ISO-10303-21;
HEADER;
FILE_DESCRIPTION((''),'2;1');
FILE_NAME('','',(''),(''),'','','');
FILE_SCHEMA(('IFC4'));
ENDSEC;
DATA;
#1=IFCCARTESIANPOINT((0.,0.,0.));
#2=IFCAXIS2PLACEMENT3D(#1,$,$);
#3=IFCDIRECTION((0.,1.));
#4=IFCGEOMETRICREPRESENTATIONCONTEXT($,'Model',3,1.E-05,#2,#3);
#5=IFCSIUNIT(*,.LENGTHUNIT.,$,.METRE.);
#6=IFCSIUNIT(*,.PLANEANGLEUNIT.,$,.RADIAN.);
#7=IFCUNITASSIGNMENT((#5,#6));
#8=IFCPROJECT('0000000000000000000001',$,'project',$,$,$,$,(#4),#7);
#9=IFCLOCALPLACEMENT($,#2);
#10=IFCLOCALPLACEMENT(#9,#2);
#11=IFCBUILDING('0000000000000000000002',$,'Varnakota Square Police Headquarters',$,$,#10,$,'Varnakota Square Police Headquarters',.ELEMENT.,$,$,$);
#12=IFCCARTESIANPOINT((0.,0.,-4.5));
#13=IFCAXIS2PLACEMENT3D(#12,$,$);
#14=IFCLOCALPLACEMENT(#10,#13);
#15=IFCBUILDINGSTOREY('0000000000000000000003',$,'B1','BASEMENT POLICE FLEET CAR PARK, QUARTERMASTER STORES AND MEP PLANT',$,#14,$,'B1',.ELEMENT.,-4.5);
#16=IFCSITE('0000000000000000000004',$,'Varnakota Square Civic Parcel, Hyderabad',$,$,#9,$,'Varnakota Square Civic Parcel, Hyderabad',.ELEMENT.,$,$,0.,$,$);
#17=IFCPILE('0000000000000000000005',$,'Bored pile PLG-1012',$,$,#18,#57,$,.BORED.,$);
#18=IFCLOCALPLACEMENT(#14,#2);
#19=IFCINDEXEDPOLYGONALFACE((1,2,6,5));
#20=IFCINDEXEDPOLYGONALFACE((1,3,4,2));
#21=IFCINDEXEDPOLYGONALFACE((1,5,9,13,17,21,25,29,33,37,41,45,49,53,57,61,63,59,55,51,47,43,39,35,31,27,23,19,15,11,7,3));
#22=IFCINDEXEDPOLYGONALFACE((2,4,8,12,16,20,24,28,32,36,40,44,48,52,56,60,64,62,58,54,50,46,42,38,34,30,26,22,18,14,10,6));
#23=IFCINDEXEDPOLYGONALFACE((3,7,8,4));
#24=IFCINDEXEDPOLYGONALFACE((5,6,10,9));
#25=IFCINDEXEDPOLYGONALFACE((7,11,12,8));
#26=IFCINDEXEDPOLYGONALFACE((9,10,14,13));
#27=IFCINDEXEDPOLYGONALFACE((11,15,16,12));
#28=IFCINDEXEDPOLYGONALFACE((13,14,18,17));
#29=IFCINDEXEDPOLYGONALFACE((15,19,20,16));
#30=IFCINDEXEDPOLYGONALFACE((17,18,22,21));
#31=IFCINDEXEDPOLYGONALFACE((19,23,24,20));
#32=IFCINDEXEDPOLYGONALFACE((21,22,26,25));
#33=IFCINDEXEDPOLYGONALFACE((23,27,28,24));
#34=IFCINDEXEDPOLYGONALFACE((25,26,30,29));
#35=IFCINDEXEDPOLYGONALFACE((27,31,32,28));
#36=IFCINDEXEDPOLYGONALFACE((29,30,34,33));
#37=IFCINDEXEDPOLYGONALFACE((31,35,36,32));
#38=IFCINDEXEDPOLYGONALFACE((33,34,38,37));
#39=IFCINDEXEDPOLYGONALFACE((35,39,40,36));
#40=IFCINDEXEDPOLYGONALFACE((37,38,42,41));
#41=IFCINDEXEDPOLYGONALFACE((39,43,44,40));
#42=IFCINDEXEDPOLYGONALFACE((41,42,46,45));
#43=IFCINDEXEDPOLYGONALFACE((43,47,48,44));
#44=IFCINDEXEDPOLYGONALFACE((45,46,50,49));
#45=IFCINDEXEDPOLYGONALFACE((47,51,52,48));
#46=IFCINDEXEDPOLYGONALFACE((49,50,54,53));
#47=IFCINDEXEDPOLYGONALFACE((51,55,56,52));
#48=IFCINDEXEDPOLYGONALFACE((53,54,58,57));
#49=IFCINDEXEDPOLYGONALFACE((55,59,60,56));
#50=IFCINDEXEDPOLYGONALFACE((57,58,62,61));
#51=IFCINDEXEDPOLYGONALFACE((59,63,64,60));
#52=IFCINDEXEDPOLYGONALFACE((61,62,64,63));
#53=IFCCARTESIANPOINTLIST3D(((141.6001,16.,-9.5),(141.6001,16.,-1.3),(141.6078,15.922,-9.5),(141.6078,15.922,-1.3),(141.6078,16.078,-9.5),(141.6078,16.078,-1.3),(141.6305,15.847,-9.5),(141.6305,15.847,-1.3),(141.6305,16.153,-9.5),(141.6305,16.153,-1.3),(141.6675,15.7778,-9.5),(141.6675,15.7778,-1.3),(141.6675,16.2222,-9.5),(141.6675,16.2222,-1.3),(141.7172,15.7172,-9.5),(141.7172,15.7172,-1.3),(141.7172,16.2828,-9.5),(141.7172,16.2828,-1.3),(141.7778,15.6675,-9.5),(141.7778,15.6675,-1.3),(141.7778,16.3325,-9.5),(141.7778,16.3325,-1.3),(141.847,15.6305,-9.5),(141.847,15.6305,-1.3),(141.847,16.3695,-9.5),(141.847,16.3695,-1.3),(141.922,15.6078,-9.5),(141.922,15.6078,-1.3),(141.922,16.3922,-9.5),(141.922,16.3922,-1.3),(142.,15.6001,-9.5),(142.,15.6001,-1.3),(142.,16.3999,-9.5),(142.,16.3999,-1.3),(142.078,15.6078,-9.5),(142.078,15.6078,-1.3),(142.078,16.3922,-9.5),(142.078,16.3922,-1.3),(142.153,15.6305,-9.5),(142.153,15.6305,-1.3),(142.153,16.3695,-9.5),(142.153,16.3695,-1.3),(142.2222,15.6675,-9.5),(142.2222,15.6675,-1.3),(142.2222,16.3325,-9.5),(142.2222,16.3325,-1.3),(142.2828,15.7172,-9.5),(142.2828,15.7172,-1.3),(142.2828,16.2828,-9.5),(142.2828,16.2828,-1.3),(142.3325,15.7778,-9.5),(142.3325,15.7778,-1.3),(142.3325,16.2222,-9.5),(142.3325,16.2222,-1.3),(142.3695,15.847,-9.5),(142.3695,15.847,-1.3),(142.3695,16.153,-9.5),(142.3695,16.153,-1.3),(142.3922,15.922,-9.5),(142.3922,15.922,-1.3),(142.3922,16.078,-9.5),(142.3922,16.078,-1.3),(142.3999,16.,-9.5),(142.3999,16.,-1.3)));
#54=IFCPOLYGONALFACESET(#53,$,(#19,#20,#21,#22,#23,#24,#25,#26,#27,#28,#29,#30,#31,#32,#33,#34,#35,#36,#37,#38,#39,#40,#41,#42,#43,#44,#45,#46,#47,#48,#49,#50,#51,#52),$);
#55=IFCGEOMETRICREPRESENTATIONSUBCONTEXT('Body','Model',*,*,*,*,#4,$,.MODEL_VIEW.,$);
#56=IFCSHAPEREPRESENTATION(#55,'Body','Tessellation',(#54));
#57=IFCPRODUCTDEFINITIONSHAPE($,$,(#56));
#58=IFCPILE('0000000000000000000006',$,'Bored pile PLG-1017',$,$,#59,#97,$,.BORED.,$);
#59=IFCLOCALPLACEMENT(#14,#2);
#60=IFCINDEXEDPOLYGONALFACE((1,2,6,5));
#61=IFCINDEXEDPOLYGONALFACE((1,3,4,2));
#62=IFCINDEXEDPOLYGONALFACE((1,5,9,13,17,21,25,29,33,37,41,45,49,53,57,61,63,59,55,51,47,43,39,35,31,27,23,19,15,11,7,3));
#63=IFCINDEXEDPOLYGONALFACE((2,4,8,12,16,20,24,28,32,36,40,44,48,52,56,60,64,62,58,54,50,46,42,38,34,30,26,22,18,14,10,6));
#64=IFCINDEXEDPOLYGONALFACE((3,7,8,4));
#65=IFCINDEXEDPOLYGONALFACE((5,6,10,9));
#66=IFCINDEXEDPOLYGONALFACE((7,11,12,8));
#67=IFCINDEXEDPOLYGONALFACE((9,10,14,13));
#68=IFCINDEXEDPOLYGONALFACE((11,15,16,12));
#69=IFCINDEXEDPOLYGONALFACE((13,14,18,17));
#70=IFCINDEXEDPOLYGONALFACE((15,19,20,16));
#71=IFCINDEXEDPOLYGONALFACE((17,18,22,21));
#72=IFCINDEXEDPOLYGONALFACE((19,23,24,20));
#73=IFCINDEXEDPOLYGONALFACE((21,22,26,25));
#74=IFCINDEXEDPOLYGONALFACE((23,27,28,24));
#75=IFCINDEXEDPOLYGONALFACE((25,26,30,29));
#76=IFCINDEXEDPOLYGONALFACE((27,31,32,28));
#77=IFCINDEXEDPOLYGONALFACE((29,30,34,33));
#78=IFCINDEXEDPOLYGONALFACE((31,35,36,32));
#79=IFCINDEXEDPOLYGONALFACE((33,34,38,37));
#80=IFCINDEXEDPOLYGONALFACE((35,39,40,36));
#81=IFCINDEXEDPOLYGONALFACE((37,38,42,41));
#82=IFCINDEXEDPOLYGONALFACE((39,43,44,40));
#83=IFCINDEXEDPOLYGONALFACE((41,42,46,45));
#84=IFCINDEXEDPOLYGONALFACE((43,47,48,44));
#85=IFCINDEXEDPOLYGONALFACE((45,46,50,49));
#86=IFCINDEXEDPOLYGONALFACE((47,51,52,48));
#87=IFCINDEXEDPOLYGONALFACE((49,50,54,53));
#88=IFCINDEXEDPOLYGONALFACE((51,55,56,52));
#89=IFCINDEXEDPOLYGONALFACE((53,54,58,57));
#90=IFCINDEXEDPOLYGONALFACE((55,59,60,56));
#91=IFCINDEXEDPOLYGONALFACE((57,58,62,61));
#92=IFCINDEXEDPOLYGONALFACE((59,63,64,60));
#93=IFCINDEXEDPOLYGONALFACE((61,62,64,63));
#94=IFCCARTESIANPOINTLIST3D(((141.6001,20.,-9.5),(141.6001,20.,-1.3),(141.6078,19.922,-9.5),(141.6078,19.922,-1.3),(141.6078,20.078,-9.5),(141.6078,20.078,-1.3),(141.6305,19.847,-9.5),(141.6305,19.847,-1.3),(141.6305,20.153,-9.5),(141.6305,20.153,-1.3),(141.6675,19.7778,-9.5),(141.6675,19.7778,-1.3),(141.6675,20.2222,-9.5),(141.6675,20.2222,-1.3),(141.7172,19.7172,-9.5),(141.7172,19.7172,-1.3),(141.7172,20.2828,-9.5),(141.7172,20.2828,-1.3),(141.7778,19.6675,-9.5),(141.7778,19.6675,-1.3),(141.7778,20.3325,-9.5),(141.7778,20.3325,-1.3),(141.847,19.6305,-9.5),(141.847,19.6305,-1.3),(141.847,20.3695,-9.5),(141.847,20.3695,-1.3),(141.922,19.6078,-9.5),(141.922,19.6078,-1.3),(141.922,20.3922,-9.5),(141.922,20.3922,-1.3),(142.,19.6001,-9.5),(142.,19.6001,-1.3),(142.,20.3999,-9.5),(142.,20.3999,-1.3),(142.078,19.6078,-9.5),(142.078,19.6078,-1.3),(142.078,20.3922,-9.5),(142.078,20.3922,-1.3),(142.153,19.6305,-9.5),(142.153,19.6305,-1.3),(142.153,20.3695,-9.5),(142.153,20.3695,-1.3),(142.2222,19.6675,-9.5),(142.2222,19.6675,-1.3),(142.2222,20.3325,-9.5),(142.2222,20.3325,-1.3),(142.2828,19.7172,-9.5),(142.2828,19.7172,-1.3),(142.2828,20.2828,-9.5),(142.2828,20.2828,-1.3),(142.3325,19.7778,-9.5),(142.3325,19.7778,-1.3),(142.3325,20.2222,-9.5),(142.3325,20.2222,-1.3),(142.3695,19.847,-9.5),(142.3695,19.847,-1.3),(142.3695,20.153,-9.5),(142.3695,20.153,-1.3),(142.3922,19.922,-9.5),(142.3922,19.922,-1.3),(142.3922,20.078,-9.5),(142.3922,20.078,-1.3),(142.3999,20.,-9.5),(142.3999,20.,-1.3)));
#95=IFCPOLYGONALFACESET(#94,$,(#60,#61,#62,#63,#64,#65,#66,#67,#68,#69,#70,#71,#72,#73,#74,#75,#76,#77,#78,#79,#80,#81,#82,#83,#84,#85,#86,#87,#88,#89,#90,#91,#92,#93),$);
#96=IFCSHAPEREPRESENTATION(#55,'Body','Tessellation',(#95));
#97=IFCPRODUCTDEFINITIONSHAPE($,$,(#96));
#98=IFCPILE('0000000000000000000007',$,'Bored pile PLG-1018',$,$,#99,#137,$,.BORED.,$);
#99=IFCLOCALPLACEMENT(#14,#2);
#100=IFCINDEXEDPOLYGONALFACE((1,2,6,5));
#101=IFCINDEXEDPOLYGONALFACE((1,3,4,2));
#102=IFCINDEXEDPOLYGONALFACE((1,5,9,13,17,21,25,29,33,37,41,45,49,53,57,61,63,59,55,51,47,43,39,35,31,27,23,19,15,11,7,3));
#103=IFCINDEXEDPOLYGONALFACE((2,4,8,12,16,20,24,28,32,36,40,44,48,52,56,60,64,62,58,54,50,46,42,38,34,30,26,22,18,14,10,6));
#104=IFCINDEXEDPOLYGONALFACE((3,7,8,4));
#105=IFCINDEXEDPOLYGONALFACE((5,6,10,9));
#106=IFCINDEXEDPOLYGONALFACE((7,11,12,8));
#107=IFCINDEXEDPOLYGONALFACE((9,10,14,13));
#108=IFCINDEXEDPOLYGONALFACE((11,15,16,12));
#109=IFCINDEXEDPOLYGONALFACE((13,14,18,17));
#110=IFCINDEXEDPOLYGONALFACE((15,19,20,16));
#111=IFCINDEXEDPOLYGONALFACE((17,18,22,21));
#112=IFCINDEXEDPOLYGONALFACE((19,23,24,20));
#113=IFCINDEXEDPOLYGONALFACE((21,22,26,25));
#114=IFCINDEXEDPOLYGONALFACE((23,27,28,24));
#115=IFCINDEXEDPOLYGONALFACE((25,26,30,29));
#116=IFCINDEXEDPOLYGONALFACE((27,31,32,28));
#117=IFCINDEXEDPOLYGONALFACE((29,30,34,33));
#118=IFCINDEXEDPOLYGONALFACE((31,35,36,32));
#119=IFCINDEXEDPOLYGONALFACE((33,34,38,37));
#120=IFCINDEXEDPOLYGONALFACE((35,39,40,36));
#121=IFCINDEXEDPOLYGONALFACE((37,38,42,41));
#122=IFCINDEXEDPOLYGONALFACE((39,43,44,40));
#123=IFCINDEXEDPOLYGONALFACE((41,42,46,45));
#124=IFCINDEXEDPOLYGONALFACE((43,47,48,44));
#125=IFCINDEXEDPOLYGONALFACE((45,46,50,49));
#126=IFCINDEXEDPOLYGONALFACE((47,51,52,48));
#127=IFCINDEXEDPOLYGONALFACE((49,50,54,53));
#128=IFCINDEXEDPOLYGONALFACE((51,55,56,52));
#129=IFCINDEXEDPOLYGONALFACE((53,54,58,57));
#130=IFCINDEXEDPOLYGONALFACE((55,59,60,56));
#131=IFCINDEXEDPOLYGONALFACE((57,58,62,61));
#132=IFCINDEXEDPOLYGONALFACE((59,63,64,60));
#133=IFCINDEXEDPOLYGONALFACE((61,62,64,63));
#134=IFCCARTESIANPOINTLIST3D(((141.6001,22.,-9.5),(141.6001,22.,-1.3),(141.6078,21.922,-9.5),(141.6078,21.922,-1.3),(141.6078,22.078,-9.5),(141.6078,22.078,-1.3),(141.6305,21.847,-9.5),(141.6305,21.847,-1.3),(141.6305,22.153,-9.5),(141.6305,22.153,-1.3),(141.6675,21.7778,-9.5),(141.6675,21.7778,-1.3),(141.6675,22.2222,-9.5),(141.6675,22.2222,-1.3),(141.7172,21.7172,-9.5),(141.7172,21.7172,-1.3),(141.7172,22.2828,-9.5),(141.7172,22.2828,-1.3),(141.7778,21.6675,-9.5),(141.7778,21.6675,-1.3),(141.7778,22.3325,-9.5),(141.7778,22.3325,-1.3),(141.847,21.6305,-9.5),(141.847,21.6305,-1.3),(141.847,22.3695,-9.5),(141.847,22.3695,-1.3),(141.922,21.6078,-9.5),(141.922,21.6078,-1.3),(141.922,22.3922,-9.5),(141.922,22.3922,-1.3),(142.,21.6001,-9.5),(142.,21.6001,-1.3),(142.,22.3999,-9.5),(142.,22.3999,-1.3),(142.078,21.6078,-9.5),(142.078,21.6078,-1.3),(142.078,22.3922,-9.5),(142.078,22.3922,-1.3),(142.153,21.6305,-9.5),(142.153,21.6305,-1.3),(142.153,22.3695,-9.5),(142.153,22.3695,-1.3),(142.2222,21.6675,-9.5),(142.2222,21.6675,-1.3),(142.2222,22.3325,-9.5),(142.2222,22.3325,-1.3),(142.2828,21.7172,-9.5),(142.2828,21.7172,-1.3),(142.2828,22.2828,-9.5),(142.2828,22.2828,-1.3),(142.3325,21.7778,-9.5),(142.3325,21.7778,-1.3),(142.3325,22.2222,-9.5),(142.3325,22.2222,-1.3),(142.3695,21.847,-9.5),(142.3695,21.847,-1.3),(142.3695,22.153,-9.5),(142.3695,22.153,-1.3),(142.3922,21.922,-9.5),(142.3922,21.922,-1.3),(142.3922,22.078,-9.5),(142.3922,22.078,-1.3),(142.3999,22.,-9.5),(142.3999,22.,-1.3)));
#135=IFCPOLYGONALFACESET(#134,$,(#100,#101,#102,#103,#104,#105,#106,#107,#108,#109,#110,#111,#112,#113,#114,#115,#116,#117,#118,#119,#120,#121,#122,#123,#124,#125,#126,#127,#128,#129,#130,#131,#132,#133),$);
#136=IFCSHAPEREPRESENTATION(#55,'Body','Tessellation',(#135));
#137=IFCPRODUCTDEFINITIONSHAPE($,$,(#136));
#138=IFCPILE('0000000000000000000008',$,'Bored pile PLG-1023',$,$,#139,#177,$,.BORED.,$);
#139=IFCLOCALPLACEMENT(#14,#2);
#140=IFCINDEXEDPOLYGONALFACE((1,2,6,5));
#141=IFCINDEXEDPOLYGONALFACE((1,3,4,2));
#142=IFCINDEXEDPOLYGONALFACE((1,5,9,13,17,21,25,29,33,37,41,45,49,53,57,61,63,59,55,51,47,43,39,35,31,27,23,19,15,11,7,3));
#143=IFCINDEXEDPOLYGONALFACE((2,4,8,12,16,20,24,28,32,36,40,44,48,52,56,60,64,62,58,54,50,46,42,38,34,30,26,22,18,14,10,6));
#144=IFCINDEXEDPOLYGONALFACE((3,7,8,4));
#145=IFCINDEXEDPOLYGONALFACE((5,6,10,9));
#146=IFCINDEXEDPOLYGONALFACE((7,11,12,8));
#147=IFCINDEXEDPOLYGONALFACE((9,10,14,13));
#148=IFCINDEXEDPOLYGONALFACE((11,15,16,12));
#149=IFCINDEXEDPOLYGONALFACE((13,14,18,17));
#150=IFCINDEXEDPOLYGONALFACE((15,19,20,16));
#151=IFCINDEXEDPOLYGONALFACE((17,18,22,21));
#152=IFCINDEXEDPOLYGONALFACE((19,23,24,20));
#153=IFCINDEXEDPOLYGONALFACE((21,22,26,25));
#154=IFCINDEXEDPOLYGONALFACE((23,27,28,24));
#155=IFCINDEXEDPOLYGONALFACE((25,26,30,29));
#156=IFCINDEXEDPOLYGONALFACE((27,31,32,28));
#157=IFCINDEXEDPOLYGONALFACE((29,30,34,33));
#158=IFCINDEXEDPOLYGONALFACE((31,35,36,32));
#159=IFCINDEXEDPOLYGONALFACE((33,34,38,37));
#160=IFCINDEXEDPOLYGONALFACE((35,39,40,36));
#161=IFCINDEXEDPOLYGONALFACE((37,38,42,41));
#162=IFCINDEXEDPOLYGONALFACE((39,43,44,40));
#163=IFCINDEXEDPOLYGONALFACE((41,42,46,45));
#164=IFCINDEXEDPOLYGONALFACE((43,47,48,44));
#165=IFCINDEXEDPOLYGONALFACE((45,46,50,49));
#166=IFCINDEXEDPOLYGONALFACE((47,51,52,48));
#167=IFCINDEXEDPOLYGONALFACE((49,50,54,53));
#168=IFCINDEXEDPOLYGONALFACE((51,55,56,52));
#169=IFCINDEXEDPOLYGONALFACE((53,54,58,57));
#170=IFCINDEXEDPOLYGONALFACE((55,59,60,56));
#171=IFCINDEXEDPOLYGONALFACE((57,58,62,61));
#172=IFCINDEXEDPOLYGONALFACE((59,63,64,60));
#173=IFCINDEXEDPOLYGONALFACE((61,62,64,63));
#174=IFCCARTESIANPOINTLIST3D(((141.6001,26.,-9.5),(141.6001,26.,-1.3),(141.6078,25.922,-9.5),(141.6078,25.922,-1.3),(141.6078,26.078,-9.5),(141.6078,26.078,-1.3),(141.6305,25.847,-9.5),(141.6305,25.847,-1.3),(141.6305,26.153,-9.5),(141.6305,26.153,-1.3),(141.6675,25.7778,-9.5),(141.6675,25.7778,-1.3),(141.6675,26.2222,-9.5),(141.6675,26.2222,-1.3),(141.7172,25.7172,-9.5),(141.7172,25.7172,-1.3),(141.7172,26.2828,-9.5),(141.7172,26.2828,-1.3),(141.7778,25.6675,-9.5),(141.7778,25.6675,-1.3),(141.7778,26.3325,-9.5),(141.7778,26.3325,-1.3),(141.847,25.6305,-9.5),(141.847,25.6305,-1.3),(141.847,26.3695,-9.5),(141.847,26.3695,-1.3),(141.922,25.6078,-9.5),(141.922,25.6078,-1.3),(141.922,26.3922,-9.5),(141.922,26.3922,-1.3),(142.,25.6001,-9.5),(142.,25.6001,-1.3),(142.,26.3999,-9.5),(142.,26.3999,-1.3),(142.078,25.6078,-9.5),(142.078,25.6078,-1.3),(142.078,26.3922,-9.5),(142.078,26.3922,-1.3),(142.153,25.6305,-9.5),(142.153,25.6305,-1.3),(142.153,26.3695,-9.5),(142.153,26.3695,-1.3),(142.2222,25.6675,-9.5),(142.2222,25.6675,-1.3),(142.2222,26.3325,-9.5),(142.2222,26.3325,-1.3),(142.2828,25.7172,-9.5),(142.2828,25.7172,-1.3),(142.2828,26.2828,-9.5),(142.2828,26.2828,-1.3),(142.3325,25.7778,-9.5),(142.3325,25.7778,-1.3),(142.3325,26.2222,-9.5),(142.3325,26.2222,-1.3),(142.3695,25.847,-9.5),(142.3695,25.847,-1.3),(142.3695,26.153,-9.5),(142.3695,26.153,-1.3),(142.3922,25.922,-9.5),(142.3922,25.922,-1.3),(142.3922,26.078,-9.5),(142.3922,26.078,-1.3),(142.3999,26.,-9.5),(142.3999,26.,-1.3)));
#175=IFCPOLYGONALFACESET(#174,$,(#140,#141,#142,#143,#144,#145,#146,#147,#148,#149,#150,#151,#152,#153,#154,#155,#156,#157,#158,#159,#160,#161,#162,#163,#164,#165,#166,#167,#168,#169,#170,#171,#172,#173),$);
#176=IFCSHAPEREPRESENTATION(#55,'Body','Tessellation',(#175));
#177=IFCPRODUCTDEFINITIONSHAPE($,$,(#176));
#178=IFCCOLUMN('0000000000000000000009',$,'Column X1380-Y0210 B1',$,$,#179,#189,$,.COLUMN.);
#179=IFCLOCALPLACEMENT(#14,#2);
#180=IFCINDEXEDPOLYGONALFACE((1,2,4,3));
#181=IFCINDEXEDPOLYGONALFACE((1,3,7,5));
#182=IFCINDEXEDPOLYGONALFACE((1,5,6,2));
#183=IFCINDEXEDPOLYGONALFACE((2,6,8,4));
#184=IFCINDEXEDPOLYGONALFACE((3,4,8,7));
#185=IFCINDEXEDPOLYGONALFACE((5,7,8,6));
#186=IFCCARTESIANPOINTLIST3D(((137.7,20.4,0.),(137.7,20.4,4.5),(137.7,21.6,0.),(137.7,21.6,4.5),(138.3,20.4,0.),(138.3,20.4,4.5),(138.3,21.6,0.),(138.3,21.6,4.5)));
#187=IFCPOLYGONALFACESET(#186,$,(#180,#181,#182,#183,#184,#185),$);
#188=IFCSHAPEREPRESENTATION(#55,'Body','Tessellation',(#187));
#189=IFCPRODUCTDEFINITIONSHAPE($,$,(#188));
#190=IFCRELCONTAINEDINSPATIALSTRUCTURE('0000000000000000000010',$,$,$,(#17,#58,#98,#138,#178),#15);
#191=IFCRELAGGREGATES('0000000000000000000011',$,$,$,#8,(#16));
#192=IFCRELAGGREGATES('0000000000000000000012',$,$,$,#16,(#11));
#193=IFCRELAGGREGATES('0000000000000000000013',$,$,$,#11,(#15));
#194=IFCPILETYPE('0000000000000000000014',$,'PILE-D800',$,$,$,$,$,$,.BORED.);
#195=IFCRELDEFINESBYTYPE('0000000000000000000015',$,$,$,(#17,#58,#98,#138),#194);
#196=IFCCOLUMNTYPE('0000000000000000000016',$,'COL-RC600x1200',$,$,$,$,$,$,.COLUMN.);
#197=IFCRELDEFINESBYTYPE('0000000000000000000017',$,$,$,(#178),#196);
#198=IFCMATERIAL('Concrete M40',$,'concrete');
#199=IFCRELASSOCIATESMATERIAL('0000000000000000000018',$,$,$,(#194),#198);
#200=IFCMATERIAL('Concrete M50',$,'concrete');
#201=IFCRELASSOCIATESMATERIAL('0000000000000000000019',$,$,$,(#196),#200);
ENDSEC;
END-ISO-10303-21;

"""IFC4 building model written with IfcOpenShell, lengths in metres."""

from ifc_helpers import new_model, si_unit, direction, frame, origin, origin_2d, place, context, subcontext, project, spatial, rectangle, circle, extrude, material, material_profile, profile_set, type_object, element, save


model = new_model("IFC4")

# Units and contexts
model_context = context("Model", 3, precision=1e-05, world=origin(), true_north=direction((0.0, 1.0)))
body_context = subcontext(model_context, "Body", "Model", "MODEL_VIEW")
ifc_project = project(units=[si_unit("LENGTHUNIT", "METRE"), si_unit("PLANEANGLEUNIT", "RADIAN")], contexts=[model_context])

# Site, building, storey
site_placement = place(None, origin())
site = spatial("IfcSite", under=ifc_project, at=site_placement, Name="Varnakota Square Civic Parcel, Hyderabad", LongName="Varnakota Square Civic Parcel, Hyderabad", CompositionType="ELEMENT", RefElevation=0.0)
building_placement = place(site_placement, origin())
building = spatial("IfcBuilding", under=site, at=building_placement, Name="Varnakota Square Police Headquarters", LongName="Varnakota Square Police Headquarters", CompositionType="ELEMENT")
storey_placement = place(building_placement, frame((0.0, 0.0, -4.5)))
storey = spatial("IfcBuildingStorey", under=building, at=storey_placement, Name="B1", Description="BASEMENT POLICE FLEET CAR PARK, QUARTERMASTER STORES AND MEP PLANT", LongName="B1", CompositionType="ELEMENT", Elevation=-4.5)

# Shared definitions
ifc_material_1 = material(Name="Concrete M40", Category="concrete")
ifc_material_2 = material(Name="Concrete M50", Category="concrete")

# Piles
ifc_material_profile_1 = material_profile(ifc_material_1, circle(Radius=0.3999, at=origin_2d()), Name="BORED PILE 800")
ifc_profile_set_1 = profile_set([ifc_material_profile_1], Name="Concrete M40")
pile_type = type_object("IfcPileType", Name="PILE-D800", PredefinedType="BORED", material=ifc_profile_set_1)
for number, where, z_axis, x_axis, name in (
    (1, (142.0, 16.0, -1.3), (0.0, 0.0, -1.0), (1.0, 0.0, 0.0), "Bored pile PLG-1012"),
    (2, (142.0, 20.0, -1.3), (0.0, 0.0, -1.0), (1.0, 0.0, 0.0), "Bored pile PLG-1017"),
    (3, (142.0, 22.0, -1.3), (0.0, 0.0, -1.0), (1.0, 0.0, 0.0), "Bored pile PLG-1018"),
    (4, (142.0, 26.0, -1.3), (0.0, 0.0, -1.0), (1.0, 0.0, 0.0), "Bored pile PLG-1023"),
):
    element("IfcPile", number, at=place(storey_placement, frame(where, z_axis=z_axis, x_axis=x_axis)), inside=storey, type_object=pile_type, Name=name, PredefinedType="BORED", context=body_context, shape_type="SweptSolid", body=[
        extrude(circle(Radius=0.3999, at=origin_2d()), origin(), (0.0, 0.0, 1.0), 8.2),
    ])

# Column
ifc_material_profile_2 = material_profile(ifc_material_2, rectangle(XDim=0.6001, YDim=1.2, at=origin_2d()), Name="RC 600x1200")
ifc_profile_set_2 = profile_set([ifc_material_profile_2], Name="Concrete M50")
column_type = type_object("IfcColumnType", Name="COL-RC600x1200", PredefinedType="COLUMN", material=ifc_profile_set_2)
column_placement = place(storey_placement, frame((138.0, 21.0, 0.0), z_axis=(0.0, 0.0, 1.0), x_axis=(1.0, 0.0, 0.0)))
element("IfcColumn", 5, at=column_placement, inside=storey, type_object=column_type, Name="Column X1380-Y0210 B1", PredefinedType="COLUMN", context=body_context, shape_type="SweptSolid", body=[
    extrude(rectangle(XDim=0.6001, YDim=1.2, at=origin_2d()), origin(), (0.0, 0.0, 1.0), 4.5),
])

save(model, "model.ifc")
